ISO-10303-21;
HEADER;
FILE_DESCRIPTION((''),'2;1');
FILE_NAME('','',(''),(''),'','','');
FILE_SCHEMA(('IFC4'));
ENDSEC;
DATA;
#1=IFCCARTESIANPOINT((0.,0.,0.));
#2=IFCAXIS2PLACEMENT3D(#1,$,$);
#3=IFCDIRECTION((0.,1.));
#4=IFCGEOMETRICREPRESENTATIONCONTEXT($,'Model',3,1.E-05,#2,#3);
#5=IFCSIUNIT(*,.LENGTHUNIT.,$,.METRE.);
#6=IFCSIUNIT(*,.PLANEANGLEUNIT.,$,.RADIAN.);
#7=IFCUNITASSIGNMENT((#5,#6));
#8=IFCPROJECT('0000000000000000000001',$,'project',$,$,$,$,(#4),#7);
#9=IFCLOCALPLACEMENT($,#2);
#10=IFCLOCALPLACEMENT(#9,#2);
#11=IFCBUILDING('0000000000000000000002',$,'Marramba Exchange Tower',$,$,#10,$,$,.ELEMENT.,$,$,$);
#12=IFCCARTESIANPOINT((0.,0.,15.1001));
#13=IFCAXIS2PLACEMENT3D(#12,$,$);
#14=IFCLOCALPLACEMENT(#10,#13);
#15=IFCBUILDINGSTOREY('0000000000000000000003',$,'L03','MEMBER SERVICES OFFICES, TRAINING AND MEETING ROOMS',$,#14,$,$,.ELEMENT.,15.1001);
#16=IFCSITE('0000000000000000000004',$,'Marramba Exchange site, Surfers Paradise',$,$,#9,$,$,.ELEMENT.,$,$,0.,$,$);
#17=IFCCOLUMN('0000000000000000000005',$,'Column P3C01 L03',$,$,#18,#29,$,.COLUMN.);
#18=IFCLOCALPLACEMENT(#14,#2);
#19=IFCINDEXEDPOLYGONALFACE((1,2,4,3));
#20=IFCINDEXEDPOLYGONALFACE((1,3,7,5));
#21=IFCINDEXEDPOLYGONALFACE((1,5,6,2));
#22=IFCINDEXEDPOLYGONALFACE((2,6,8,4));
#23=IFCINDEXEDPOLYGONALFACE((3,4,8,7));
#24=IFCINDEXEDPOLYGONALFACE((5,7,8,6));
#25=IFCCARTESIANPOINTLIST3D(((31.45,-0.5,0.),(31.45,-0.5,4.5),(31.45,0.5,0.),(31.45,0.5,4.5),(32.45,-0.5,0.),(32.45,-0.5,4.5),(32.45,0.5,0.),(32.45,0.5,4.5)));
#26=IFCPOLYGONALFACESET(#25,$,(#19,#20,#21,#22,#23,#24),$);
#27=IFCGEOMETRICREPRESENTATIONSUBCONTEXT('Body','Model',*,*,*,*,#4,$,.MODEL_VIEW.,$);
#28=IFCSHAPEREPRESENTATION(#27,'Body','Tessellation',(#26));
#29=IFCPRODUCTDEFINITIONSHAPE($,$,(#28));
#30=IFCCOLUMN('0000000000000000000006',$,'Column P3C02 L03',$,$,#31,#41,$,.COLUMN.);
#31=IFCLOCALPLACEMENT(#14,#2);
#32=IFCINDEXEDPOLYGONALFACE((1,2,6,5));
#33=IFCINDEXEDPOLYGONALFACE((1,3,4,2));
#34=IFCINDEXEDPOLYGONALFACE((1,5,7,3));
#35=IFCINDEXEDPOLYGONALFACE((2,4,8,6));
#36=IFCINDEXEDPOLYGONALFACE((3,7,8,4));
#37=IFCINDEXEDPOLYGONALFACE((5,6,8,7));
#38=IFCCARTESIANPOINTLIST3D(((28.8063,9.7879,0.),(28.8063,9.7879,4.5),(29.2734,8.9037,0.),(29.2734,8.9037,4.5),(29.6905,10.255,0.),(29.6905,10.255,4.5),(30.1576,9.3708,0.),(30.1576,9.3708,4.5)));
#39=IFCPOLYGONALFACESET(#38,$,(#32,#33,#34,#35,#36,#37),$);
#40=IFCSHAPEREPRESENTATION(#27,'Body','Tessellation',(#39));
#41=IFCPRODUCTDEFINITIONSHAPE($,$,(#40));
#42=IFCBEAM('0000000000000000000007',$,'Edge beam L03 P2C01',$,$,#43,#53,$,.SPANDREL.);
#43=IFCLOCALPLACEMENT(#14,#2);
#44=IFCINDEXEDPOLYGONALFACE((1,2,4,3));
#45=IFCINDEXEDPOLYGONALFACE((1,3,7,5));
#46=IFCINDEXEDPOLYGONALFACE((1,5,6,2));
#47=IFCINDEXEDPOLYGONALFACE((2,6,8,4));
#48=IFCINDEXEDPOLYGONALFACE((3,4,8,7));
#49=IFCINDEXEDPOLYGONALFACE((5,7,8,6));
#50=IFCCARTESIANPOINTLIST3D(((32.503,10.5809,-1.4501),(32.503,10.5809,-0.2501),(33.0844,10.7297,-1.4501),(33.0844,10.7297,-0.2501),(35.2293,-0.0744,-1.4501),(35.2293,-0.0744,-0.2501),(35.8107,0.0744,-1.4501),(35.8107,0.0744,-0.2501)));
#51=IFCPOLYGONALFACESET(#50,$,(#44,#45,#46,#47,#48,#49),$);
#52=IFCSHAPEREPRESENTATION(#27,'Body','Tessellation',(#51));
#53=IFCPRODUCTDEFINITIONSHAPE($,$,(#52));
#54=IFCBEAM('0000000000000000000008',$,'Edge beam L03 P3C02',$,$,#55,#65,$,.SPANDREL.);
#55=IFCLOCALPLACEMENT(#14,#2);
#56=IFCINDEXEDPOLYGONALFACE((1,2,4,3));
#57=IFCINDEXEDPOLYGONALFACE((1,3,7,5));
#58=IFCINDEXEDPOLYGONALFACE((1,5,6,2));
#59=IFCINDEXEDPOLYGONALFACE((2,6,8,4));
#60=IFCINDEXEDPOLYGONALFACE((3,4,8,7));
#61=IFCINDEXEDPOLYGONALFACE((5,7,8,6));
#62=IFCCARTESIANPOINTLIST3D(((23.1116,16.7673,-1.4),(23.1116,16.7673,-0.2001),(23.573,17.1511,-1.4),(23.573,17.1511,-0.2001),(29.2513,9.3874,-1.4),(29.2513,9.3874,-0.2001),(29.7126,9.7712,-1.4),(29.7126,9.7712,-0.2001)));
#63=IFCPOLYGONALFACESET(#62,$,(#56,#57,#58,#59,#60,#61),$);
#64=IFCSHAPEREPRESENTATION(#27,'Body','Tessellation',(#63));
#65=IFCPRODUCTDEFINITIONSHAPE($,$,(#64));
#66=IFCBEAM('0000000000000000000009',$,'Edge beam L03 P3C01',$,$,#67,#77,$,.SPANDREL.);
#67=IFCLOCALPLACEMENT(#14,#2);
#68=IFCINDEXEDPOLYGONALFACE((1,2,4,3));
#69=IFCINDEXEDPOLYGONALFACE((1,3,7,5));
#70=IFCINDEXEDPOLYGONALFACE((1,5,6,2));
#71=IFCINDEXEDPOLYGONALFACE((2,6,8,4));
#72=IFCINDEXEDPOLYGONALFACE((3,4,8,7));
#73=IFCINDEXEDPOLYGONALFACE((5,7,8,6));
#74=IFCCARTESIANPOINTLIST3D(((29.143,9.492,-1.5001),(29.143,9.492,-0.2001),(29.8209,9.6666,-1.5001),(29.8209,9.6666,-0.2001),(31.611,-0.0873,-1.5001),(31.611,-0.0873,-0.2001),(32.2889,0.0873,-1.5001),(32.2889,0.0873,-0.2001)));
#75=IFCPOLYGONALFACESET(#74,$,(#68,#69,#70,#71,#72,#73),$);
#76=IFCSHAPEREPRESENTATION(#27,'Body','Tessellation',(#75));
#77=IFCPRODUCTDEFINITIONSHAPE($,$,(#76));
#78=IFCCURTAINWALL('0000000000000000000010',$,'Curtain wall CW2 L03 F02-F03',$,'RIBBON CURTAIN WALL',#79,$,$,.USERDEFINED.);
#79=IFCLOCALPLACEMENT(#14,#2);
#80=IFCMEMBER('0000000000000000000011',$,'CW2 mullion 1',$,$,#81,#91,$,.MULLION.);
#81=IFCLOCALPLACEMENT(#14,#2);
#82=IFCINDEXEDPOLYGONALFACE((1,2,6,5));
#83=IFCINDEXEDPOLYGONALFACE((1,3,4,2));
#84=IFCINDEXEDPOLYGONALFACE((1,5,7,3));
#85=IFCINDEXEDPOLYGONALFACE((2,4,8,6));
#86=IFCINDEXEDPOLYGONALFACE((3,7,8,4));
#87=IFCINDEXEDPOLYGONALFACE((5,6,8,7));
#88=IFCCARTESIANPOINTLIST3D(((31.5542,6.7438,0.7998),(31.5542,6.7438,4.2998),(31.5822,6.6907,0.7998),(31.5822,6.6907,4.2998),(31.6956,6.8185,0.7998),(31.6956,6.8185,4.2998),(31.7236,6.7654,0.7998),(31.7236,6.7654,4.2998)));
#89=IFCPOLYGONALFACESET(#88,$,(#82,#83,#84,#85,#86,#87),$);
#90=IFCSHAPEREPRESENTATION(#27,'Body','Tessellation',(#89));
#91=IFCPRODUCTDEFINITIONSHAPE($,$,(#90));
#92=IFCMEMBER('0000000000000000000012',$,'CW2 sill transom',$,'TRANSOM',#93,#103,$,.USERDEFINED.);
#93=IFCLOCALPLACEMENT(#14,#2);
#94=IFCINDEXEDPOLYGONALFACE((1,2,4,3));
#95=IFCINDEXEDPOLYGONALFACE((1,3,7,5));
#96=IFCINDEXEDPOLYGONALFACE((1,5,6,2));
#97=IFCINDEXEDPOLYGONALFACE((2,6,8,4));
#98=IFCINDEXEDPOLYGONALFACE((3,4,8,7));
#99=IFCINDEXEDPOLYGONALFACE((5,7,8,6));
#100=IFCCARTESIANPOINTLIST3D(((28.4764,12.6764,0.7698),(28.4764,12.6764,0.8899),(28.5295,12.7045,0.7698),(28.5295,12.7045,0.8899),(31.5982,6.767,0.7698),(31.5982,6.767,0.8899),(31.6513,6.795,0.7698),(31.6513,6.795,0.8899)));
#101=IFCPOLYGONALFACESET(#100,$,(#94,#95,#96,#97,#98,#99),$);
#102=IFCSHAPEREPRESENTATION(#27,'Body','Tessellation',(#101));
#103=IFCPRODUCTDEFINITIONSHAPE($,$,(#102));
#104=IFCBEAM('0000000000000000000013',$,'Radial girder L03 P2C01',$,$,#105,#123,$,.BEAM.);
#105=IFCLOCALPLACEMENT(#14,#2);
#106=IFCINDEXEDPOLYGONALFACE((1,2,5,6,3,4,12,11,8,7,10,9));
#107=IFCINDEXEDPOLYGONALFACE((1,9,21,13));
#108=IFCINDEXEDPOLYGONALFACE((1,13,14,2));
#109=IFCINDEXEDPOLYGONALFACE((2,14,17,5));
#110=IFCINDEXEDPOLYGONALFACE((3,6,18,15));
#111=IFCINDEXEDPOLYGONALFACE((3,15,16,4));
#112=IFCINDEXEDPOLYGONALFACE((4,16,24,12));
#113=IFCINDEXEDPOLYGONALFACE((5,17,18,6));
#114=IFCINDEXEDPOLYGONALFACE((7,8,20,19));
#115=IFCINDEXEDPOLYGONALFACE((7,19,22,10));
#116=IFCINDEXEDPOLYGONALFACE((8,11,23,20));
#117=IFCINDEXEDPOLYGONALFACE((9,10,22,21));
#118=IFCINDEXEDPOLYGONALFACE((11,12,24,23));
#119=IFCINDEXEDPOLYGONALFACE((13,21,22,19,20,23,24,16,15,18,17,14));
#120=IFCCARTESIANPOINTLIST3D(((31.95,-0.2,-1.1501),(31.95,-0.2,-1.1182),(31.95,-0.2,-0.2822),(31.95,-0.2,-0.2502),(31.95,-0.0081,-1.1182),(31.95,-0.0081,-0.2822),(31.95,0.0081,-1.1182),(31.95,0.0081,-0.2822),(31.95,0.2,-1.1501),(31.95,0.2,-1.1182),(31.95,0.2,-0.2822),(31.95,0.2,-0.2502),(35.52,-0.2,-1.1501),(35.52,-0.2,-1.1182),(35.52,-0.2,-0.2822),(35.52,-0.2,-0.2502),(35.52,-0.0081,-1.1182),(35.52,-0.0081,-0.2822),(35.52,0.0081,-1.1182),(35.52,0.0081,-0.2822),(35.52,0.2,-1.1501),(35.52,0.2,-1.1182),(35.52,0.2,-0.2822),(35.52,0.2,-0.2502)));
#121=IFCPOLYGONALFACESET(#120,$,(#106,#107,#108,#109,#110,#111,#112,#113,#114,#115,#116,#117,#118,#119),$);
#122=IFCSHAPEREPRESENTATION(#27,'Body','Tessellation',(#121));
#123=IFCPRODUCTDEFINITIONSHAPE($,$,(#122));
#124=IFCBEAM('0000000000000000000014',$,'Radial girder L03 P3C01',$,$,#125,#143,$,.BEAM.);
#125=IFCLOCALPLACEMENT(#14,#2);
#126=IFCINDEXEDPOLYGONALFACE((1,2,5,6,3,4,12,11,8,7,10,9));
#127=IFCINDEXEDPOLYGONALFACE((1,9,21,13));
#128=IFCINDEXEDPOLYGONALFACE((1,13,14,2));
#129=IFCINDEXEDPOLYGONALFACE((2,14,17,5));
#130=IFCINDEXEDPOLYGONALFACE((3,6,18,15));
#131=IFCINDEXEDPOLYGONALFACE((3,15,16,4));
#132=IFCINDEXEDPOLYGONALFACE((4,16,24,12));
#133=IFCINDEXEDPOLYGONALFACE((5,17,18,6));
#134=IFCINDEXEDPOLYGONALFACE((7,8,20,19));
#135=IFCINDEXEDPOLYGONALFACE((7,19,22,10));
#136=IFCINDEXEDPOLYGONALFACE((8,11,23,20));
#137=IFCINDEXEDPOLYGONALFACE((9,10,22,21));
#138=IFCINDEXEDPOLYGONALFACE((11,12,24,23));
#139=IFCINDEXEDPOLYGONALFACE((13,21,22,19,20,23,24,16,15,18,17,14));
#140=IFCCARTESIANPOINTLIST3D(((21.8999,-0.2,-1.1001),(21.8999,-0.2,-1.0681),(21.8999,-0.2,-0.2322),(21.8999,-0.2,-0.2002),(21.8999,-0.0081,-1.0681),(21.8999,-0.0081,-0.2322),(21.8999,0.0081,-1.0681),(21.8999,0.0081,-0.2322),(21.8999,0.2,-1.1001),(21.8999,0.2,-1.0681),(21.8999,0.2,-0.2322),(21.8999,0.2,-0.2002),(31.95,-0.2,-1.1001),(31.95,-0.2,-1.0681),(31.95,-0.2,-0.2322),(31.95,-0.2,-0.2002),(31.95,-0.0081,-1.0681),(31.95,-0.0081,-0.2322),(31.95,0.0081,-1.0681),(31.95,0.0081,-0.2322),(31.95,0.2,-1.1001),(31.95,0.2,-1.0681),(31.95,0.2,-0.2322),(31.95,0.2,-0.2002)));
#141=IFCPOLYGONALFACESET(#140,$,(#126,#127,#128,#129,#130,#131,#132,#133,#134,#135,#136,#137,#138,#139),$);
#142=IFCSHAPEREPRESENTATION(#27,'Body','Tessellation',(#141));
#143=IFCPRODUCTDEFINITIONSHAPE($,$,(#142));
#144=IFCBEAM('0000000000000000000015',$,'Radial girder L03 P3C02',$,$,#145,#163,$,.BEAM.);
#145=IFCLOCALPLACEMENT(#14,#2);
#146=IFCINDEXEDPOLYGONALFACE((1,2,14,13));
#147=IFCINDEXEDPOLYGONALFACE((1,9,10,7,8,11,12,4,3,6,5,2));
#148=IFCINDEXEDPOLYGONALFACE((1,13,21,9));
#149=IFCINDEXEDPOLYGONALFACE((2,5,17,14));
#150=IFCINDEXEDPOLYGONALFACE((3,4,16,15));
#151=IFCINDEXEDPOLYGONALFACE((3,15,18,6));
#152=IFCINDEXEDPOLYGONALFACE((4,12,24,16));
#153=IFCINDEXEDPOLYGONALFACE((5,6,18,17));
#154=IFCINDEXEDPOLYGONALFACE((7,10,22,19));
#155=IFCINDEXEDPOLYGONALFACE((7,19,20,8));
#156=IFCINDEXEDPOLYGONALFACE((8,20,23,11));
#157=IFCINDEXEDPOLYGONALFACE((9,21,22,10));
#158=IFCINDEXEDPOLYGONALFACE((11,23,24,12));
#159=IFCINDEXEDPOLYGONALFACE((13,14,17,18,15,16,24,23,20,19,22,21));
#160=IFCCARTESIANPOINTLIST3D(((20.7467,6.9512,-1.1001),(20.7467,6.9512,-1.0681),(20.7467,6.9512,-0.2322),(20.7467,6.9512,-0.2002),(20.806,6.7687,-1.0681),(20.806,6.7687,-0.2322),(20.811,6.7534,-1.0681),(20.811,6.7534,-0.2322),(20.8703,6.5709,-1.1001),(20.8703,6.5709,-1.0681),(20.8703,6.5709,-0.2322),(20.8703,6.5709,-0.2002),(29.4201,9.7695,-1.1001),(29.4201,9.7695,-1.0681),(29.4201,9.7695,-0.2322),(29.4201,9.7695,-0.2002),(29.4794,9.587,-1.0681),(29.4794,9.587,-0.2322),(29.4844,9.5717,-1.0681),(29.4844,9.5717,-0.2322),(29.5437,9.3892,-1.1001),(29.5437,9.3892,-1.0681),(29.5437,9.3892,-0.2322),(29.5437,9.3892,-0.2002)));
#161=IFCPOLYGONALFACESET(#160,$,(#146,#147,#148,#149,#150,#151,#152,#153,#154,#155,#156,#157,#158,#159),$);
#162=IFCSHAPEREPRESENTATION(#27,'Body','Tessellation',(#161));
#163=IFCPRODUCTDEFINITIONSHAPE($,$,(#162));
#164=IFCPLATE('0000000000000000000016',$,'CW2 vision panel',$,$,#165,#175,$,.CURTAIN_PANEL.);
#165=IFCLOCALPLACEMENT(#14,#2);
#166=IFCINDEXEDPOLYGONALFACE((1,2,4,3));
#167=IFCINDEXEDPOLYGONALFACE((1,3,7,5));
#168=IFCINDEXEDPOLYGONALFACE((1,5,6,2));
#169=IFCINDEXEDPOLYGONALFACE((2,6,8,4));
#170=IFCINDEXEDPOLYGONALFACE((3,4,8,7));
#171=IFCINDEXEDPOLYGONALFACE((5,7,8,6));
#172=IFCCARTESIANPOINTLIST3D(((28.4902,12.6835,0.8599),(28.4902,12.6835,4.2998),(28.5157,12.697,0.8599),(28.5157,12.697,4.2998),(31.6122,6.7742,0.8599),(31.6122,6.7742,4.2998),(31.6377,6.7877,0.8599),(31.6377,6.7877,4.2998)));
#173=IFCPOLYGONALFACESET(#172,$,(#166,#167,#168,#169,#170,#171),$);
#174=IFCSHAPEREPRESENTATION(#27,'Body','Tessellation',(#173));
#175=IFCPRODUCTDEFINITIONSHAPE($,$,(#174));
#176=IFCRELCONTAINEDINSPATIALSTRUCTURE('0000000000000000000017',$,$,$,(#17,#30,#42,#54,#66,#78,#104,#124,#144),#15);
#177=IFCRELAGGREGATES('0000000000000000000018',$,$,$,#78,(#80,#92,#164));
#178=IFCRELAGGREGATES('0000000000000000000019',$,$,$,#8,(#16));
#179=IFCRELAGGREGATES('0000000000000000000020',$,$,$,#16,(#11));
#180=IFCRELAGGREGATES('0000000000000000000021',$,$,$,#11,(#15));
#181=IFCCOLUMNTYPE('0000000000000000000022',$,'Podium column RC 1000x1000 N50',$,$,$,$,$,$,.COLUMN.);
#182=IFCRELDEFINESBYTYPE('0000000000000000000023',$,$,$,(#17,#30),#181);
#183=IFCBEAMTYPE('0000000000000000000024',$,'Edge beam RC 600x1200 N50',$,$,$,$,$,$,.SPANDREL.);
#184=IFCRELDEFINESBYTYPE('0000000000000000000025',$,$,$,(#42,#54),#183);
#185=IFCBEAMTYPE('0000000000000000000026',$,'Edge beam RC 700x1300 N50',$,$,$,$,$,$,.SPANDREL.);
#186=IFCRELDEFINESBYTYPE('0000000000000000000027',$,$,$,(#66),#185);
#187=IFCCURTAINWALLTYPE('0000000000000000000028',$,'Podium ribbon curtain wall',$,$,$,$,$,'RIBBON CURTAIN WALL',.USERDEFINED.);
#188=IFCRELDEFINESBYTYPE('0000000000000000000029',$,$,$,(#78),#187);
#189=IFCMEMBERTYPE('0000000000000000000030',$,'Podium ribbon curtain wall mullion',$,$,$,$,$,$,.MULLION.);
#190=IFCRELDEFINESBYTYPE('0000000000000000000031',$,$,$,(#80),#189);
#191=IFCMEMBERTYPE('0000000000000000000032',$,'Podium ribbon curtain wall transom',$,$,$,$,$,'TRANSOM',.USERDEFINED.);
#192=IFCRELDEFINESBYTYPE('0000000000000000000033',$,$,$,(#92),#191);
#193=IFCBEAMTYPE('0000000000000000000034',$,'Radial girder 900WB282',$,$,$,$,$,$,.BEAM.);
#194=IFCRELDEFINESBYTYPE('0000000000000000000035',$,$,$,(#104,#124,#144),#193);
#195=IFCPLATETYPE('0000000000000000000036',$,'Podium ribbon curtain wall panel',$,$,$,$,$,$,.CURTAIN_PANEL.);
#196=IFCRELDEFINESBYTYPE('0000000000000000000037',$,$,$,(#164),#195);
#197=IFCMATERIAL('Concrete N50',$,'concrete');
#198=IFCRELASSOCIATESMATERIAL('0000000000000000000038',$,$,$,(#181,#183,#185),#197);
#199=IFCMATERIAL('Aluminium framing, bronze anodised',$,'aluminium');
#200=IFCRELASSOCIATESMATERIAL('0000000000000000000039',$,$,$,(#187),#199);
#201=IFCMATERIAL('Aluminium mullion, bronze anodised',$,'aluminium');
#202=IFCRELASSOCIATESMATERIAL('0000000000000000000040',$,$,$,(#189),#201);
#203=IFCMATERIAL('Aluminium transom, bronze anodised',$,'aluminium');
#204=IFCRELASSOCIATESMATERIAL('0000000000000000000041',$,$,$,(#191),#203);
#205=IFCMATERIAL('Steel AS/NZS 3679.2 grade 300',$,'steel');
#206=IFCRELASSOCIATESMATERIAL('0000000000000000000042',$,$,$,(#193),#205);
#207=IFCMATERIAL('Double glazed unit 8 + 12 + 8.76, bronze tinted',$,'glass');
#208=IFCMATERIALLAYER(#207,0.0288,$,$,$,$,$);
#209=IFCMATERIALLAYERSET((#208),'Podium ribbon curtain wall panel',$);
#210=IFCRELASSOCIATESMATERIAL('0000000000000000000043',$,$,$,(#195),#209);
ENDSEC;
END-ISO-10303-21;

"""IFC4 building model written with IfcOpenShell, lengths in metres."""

from ifc_helpers import new_model, si_unit, direction, frame, origin, origin_2d, place, context, subcontext, project, spatial, rectangle, i_section, extrude, material, layer, layer_set, material_profile, profile_set, type_object, element, aggregate, save


model = new_model("IFC4")

# Units and contexts
model_context = context("Model", 3, precision=1e-05, world=origin(), true_north=direction((0.0, 1.0)))
body_context = subcontext(model_context, "Body", "Model", "MODEL_VIEW")
ifc_project = project(units=[si_unit("LENGTHUNIT", "METRE"), si_unit("PLANEANGLEUNIT", "RADIAN")], contexts=[model_context])

# Site, building, storey
site_placement = place(None, origin())
site = spatial("IfcSite", under=ifc_project, at=site_placement, Name="Marramba Exchange site, Surfers Paradise", CompositionType="ELEMENT", RefElevation=0.0)
building_placement = place(site_placement, origin())
building = spatial("IfcBuilding", under=site, at=building_placement, Name="Marramba Exchange Tower", CompositionType="ELEMENT")
storey_placement = place(building_placement, frame((0.0, 0.0, 15.1001)))
storey = spatial("IfcBuildingStorey", under=building, at=storey_placement, Name="L03", Description="MEMBER SERVICES OFFICES, TRAINING AND MEETING ROOMS", CompositionType="ELEMENT", Elevation=15.1001)

# Columns
ifc_material_1 = material(Name="Concrete N50", Category="concrete")
ifc_material_profile_1 = material_profile(ifc_material_1, rectangle(XDim=1.0, YDim=1.0, at=origin_2d()), Name="RC 1000x1000")
ifc_profile_set_1 = profile_set([ifc_material_profile_1], Name="Concrete N50")
column_type = type_object("IfcColumnType", Name="Podium column RC 1000x1000 N50", PredefinedType="COLUMN", material=ifc_profile_set_1)
for number, where, z_axis, x_axis, name in (
    (1, (31.95, 0.0, 0.0), (0.0, 0.0, 1.0), (1.0, 0.0, 0.0), "Column P3C01 L03"),
    (2, (29.4819, 9.5793, 0.0), (0.0, 0.0, 1.0), (0.884188, 0.467131, 0.0), "Column P3C02 L03"),
):
    element("IfcColumn", number, at=place(storey_placement, frame(where, z_axis=z_axis, x_axis=x_axis)), inside=storey, type_object=column_type, Name=name, PredefinedType="COLUMN", context=body_context, shape_type="SweptSolid", body=[
        extrude(rectangle(XDim=1.0, YDim=1.0, at=origin_2d()), origin(), (0.0, 0.0, 1.0), 4.5),
    ])

# Beams
ifc_material_profile_2 = material_profile(ifc_material_1, rectangle(XDim=0.6001, YDim=1.2, at=origin_2d()), Name="RC 600x1200")
ifc_profile_set_2 = profile_set([ifc_material_profile_2], Name="Concrete N50")
beam_type_1 = type_object("IfcBeamType", Name="Edge beam RC 600x1200 N50", PredefinedType="SPANDREL", material=ifc_profile_set_2)
beam_1_placement = place(storey_placement, frame((35.52, 0.0, -0.8501), z_axis=(-0.24788, 0.968791, 0.0), x_axis=(-0.968791, -0.24788, 0.0)))
element("IfcBeam", 3, at=beam_1_placement, inside=storey, type_object=beam_type_1, Name="Edge beam L03 P2C01", PredefinedType="SPANDREL", context=body_context, shape_type="SweptSolid", body=[
    extrude(rectangle(XDim=0.6001, YDim=1.2, at=origin_2d()), origin(), (0.0, 0.0, 1.0), 10.9985),
])
beam_2_placement = place(storey_placement, frame((29.4819, 9.5793, -0.8), z_axis=(-0.639554, 0.768746, 0.0), x_axis=(-0.768746, -0.639554, 0.0)))
element("IfcBeam", 4, at=beam_2_placement, inside=storey, type_object=beam_type_1, Name="Edge beam L03 P3C02", PredefinedType="SPANDREL", context=body_context, shape_type="SweptSolid", body=[
    extrude(rectangle(XDim=0.6001, YDim=1.2, at=origin_2d()), origin(), (0.0, 0.0, 1.0), 9.5999),
])
ifc_material_profile_3 = material_profile(ifc_material_1, rectangle(XDim=0.7, YDim=1.3, at=origin_2d()), Name="RC 700x1300")
ifc_profile_set_3 = profile_set([ifc_material_profile_3], Name="Concrete N50")
beam_type_2 = type_object("IfcBeamType", Name="Edge beam RC 700x1300 N50", PredefinedType="SPANDREL", material=ifc_profile_set_3)
beam_3_placement = place(storey_placement, frame((31.95, 0.0, -0.8501), z_axis=(-0.249492, 0.968377, 0.0), x_axis=(-0.968377, -0.249492, 0.0)))
element("IfcBeam", 5, at=beam_3_placement, inside=storey, type_object=beam_type_2, Name="Edge beam L03 P3C01", PredefinedType="SPANDREL", context=body_context, shape_type="SweptSolid", body=[
    extrude(rectangle(XDim=0.7, YDim=1.3, at=origin_2d()), origin(), (0.0, 0.0, 1.0), 9.8921),
])

# Curtain wall, members
ifc_material_2 = material(Name="Aluminium framing, bronze anodised", Category="aluminium")
curtain_wall_type = type_object("IfcCurtainWallType", Name="Podium ribbon curtain wall", ElementType="RIBBON CURTAIN WALL", PredefinedType="USERDEFINED", material=ifc_material_2)
curtain_wall_placement = place(storey_placement, origin())
curtain_wall = element("IfcCurtainWall", 6, at=curtain_wall_placement, inside=storey, type_object=curtain_wall_type, Name="Curtain wall CW2 L03 F02-F03", ObjectType="RIBBON CURTAIN WALL", PredefinedType="USERDEFINED")
ifc_material_3 = material(Name="Aluminium mullion, bronze anodised", Category="aluminium")
ifc_material_profile_4 = material_profile(ifc_material_3, rectangle(XDim=0.1599, YDim=0.0601, at=origin_2d()), Name="CW2 mullion 60x160")
ifc_profile_set_4 = profile_set([ifc_material_profile_4], Name="Aluminium mullion, bronze anodised")
member_type_1 = type_object("IfcMemberType", Name="Podium ribbon curtain wall mullion", PredefinedType="MULLION", material=ifc_profile_set_4)
member_1_placement = place(storey_placement, frame((31.6389, 6.7546, 0.7998), z_axis=(0.0, 0.0, 1.0), x_axis=(-0.884188, -0.467131, 0.0)))
member_1 = element("IfcMember", 7, at=member_1_placement, type_object=member_type_1, Name="CW2 mullion 1", PredefinedType="MULLION", context=body_context, shape_type="SweptSolid", body=[
    extrude(rectangle(XDim=0.1599, YDim=0.0601, at=origin_2d()), origin(), (0.0, 0.0, 1.0), 3.5),
])
ifc_material_4 = material(Name="Aluminium transom, bronze anodised", Category="aluminium")
ifc_material_profile_5 = material_profile(ifc_material_4, rectangle(XDim=0.0601, YDim=0.1201, at=origin_2d()), Name="CW2 transom 60x120")
ifc_profile_set_5 = profile_set([ifc_material_profile_5], Name="Aluminium transom, bronze anodised")
member_type_2 = type_object("IfcMemberType", Name="Podium ribbon curtain wall transom", ElementType="TRANSOM", PredefinedType="USERDEFINED", material=ifc_profile_set_5)
member_2_placement = place(storey_placement, frame((31.6248, 6.781, 0.8298), z_axis=(-0.467105, 0.884202, 0.0), x_axis=(-0.884202, -0.467105, 0.0)))
member_2 = element("IfcMember", 8, at=member_2_placement, type_object=member_type_2, Name="CW2 sill transom", ObjectType="TRANSOM", PredefinedType="USERDEFINED", context=body_context, shape_type="SweptSolid", body=[
    extrude(rectangle(XDim=0.0601, YDim=0.1201, at=origin_2d()), origin(), (0.0, 0.0, 1.0), 6.6833),
])

# Beams
ifc_material_5 = material(Name="Steel AS/NZS 3679.2 grade 300", Category="steel")
ifc_material_profile_6 = material_profile(ifc_material_5, i_section(OverallWidth=0.3999, OverallDepth=0.8999, WebThickness=0.0161, FlangeThickness=0.032, at=origin_2d()), Name="900WB282")
ifc_profile_set_6 = profile_set([ifc_material_profile_6], Name="Steel AS/NZS 3679.2 grade 300")
beam_type_3 = type_object("IfcBeamType", Name="Radial girder 900WB282", PredefinedType="BEAM", material=ifc_profile_set_6)
beam_4_placement = place(storey_placement, frame((35.52, 0.0, -0.7002), z_axis=(-1.0, 0.0, 0.0), x_axis=(0.0, -1.0, 0.0)))
element("IfcBeam", 9, at=beam_4_placement, inside=storey, type_object=beam_type_3, Name="Radial girder L03 P2C01", PredefinedType="BEAM", context=body_context, shape_type="SweptSolid", body=[
    extrude(i_section(OverallWidth=0.3999, OverallDepth=0.8999, WebThickness=0.0161, FlangeThickness=0.032, at=origin_2d()), origin(), (0.0, 0.0, 1.0), 3.5701),
])
beam_5_placement = place(storey_placement, frame((31.95, 0.0, -0.6501), z_axis=(-1.0, 0.0, 0.0), x_axis=(0.0, -1.0, 0.0)))
element("IfcBeam", 10, at=beam_5_placement, inside=storey, type_object=beam_type_3, Name="Radial girder L03 P3C01", PredefinedType="BEAM", context=body_context, shape_type="SweptSolid", body=[
    extrude(i_section(OverallWidth=0.3999, OverallDepth=0.8999, WebThickness=0.0161, FlangeThickness=0.032, at=origin_2d()), origin(), (0.0, 0.0, 1.0), 10.05),
])
beam_6_placement = place(storey_placement, frame((29.4819, 9.5793, -0.6501), z_axis=(-0.951052, -0.309031, 0.0), x_axis=(0.309031, -0.951052, 0.0)))
element("IfcBeam", 11, at=beam_6_placement, inside=storey, type_object=beam_type_3, Name="Radial girder L03 P3C02", PredefinedType="BEAM", context=body_context, shape_type="SweptSolid", body=[
    extrude(i_section(OverallWidth=0.3999, OverallDepth=0.8999, WebThickness=0.0161, FlangeThickness=0.032, at=origin_2d()), origin(), (0.0, 0.0, 1.0), 9.1199),
])

# Plate
ifc_material_6 = material(Name="Double glazed unit 8 + 12 + 8.76, bronze tinted", Category="glass")
ifc_layer_1 = layer(ifc_material_6, 0.0288)
ifc_layer_set_1 = layer_set([ifc_layer_1], Name="Podium ribbon curtain wall panel")
plate_type = type_object("IfcPlateType", Name="Podium ribbon curtain wall panel", PredefinedType="CURTAIN_PANEL", material=ifc_layer_set_1)
plate_placement = place(storey_placement, frame((30.064, 9.7356, 0.8599), z_axis=(0.0, 0.0, 1.0), x_axis=(-0.467131, 0.884188, 0.0)))
plate = element("IfcPlate", 12, at=plate_placement, type_object=plate_type, Name="CW2 vision panel", PredefinedType="CURTAIN_PANEL", context=body_context, shape_type="SweptSolid", body=[
    extrude(rectangle(XDim=6.6833, YDim=0.0288, at=origin_2d()), origin(), (0.0, 0.0, 1.0), 3.4399),
])
aggregate(curtain_wall, [member_1, member_2, plate])

save(model, "model.ifc")
